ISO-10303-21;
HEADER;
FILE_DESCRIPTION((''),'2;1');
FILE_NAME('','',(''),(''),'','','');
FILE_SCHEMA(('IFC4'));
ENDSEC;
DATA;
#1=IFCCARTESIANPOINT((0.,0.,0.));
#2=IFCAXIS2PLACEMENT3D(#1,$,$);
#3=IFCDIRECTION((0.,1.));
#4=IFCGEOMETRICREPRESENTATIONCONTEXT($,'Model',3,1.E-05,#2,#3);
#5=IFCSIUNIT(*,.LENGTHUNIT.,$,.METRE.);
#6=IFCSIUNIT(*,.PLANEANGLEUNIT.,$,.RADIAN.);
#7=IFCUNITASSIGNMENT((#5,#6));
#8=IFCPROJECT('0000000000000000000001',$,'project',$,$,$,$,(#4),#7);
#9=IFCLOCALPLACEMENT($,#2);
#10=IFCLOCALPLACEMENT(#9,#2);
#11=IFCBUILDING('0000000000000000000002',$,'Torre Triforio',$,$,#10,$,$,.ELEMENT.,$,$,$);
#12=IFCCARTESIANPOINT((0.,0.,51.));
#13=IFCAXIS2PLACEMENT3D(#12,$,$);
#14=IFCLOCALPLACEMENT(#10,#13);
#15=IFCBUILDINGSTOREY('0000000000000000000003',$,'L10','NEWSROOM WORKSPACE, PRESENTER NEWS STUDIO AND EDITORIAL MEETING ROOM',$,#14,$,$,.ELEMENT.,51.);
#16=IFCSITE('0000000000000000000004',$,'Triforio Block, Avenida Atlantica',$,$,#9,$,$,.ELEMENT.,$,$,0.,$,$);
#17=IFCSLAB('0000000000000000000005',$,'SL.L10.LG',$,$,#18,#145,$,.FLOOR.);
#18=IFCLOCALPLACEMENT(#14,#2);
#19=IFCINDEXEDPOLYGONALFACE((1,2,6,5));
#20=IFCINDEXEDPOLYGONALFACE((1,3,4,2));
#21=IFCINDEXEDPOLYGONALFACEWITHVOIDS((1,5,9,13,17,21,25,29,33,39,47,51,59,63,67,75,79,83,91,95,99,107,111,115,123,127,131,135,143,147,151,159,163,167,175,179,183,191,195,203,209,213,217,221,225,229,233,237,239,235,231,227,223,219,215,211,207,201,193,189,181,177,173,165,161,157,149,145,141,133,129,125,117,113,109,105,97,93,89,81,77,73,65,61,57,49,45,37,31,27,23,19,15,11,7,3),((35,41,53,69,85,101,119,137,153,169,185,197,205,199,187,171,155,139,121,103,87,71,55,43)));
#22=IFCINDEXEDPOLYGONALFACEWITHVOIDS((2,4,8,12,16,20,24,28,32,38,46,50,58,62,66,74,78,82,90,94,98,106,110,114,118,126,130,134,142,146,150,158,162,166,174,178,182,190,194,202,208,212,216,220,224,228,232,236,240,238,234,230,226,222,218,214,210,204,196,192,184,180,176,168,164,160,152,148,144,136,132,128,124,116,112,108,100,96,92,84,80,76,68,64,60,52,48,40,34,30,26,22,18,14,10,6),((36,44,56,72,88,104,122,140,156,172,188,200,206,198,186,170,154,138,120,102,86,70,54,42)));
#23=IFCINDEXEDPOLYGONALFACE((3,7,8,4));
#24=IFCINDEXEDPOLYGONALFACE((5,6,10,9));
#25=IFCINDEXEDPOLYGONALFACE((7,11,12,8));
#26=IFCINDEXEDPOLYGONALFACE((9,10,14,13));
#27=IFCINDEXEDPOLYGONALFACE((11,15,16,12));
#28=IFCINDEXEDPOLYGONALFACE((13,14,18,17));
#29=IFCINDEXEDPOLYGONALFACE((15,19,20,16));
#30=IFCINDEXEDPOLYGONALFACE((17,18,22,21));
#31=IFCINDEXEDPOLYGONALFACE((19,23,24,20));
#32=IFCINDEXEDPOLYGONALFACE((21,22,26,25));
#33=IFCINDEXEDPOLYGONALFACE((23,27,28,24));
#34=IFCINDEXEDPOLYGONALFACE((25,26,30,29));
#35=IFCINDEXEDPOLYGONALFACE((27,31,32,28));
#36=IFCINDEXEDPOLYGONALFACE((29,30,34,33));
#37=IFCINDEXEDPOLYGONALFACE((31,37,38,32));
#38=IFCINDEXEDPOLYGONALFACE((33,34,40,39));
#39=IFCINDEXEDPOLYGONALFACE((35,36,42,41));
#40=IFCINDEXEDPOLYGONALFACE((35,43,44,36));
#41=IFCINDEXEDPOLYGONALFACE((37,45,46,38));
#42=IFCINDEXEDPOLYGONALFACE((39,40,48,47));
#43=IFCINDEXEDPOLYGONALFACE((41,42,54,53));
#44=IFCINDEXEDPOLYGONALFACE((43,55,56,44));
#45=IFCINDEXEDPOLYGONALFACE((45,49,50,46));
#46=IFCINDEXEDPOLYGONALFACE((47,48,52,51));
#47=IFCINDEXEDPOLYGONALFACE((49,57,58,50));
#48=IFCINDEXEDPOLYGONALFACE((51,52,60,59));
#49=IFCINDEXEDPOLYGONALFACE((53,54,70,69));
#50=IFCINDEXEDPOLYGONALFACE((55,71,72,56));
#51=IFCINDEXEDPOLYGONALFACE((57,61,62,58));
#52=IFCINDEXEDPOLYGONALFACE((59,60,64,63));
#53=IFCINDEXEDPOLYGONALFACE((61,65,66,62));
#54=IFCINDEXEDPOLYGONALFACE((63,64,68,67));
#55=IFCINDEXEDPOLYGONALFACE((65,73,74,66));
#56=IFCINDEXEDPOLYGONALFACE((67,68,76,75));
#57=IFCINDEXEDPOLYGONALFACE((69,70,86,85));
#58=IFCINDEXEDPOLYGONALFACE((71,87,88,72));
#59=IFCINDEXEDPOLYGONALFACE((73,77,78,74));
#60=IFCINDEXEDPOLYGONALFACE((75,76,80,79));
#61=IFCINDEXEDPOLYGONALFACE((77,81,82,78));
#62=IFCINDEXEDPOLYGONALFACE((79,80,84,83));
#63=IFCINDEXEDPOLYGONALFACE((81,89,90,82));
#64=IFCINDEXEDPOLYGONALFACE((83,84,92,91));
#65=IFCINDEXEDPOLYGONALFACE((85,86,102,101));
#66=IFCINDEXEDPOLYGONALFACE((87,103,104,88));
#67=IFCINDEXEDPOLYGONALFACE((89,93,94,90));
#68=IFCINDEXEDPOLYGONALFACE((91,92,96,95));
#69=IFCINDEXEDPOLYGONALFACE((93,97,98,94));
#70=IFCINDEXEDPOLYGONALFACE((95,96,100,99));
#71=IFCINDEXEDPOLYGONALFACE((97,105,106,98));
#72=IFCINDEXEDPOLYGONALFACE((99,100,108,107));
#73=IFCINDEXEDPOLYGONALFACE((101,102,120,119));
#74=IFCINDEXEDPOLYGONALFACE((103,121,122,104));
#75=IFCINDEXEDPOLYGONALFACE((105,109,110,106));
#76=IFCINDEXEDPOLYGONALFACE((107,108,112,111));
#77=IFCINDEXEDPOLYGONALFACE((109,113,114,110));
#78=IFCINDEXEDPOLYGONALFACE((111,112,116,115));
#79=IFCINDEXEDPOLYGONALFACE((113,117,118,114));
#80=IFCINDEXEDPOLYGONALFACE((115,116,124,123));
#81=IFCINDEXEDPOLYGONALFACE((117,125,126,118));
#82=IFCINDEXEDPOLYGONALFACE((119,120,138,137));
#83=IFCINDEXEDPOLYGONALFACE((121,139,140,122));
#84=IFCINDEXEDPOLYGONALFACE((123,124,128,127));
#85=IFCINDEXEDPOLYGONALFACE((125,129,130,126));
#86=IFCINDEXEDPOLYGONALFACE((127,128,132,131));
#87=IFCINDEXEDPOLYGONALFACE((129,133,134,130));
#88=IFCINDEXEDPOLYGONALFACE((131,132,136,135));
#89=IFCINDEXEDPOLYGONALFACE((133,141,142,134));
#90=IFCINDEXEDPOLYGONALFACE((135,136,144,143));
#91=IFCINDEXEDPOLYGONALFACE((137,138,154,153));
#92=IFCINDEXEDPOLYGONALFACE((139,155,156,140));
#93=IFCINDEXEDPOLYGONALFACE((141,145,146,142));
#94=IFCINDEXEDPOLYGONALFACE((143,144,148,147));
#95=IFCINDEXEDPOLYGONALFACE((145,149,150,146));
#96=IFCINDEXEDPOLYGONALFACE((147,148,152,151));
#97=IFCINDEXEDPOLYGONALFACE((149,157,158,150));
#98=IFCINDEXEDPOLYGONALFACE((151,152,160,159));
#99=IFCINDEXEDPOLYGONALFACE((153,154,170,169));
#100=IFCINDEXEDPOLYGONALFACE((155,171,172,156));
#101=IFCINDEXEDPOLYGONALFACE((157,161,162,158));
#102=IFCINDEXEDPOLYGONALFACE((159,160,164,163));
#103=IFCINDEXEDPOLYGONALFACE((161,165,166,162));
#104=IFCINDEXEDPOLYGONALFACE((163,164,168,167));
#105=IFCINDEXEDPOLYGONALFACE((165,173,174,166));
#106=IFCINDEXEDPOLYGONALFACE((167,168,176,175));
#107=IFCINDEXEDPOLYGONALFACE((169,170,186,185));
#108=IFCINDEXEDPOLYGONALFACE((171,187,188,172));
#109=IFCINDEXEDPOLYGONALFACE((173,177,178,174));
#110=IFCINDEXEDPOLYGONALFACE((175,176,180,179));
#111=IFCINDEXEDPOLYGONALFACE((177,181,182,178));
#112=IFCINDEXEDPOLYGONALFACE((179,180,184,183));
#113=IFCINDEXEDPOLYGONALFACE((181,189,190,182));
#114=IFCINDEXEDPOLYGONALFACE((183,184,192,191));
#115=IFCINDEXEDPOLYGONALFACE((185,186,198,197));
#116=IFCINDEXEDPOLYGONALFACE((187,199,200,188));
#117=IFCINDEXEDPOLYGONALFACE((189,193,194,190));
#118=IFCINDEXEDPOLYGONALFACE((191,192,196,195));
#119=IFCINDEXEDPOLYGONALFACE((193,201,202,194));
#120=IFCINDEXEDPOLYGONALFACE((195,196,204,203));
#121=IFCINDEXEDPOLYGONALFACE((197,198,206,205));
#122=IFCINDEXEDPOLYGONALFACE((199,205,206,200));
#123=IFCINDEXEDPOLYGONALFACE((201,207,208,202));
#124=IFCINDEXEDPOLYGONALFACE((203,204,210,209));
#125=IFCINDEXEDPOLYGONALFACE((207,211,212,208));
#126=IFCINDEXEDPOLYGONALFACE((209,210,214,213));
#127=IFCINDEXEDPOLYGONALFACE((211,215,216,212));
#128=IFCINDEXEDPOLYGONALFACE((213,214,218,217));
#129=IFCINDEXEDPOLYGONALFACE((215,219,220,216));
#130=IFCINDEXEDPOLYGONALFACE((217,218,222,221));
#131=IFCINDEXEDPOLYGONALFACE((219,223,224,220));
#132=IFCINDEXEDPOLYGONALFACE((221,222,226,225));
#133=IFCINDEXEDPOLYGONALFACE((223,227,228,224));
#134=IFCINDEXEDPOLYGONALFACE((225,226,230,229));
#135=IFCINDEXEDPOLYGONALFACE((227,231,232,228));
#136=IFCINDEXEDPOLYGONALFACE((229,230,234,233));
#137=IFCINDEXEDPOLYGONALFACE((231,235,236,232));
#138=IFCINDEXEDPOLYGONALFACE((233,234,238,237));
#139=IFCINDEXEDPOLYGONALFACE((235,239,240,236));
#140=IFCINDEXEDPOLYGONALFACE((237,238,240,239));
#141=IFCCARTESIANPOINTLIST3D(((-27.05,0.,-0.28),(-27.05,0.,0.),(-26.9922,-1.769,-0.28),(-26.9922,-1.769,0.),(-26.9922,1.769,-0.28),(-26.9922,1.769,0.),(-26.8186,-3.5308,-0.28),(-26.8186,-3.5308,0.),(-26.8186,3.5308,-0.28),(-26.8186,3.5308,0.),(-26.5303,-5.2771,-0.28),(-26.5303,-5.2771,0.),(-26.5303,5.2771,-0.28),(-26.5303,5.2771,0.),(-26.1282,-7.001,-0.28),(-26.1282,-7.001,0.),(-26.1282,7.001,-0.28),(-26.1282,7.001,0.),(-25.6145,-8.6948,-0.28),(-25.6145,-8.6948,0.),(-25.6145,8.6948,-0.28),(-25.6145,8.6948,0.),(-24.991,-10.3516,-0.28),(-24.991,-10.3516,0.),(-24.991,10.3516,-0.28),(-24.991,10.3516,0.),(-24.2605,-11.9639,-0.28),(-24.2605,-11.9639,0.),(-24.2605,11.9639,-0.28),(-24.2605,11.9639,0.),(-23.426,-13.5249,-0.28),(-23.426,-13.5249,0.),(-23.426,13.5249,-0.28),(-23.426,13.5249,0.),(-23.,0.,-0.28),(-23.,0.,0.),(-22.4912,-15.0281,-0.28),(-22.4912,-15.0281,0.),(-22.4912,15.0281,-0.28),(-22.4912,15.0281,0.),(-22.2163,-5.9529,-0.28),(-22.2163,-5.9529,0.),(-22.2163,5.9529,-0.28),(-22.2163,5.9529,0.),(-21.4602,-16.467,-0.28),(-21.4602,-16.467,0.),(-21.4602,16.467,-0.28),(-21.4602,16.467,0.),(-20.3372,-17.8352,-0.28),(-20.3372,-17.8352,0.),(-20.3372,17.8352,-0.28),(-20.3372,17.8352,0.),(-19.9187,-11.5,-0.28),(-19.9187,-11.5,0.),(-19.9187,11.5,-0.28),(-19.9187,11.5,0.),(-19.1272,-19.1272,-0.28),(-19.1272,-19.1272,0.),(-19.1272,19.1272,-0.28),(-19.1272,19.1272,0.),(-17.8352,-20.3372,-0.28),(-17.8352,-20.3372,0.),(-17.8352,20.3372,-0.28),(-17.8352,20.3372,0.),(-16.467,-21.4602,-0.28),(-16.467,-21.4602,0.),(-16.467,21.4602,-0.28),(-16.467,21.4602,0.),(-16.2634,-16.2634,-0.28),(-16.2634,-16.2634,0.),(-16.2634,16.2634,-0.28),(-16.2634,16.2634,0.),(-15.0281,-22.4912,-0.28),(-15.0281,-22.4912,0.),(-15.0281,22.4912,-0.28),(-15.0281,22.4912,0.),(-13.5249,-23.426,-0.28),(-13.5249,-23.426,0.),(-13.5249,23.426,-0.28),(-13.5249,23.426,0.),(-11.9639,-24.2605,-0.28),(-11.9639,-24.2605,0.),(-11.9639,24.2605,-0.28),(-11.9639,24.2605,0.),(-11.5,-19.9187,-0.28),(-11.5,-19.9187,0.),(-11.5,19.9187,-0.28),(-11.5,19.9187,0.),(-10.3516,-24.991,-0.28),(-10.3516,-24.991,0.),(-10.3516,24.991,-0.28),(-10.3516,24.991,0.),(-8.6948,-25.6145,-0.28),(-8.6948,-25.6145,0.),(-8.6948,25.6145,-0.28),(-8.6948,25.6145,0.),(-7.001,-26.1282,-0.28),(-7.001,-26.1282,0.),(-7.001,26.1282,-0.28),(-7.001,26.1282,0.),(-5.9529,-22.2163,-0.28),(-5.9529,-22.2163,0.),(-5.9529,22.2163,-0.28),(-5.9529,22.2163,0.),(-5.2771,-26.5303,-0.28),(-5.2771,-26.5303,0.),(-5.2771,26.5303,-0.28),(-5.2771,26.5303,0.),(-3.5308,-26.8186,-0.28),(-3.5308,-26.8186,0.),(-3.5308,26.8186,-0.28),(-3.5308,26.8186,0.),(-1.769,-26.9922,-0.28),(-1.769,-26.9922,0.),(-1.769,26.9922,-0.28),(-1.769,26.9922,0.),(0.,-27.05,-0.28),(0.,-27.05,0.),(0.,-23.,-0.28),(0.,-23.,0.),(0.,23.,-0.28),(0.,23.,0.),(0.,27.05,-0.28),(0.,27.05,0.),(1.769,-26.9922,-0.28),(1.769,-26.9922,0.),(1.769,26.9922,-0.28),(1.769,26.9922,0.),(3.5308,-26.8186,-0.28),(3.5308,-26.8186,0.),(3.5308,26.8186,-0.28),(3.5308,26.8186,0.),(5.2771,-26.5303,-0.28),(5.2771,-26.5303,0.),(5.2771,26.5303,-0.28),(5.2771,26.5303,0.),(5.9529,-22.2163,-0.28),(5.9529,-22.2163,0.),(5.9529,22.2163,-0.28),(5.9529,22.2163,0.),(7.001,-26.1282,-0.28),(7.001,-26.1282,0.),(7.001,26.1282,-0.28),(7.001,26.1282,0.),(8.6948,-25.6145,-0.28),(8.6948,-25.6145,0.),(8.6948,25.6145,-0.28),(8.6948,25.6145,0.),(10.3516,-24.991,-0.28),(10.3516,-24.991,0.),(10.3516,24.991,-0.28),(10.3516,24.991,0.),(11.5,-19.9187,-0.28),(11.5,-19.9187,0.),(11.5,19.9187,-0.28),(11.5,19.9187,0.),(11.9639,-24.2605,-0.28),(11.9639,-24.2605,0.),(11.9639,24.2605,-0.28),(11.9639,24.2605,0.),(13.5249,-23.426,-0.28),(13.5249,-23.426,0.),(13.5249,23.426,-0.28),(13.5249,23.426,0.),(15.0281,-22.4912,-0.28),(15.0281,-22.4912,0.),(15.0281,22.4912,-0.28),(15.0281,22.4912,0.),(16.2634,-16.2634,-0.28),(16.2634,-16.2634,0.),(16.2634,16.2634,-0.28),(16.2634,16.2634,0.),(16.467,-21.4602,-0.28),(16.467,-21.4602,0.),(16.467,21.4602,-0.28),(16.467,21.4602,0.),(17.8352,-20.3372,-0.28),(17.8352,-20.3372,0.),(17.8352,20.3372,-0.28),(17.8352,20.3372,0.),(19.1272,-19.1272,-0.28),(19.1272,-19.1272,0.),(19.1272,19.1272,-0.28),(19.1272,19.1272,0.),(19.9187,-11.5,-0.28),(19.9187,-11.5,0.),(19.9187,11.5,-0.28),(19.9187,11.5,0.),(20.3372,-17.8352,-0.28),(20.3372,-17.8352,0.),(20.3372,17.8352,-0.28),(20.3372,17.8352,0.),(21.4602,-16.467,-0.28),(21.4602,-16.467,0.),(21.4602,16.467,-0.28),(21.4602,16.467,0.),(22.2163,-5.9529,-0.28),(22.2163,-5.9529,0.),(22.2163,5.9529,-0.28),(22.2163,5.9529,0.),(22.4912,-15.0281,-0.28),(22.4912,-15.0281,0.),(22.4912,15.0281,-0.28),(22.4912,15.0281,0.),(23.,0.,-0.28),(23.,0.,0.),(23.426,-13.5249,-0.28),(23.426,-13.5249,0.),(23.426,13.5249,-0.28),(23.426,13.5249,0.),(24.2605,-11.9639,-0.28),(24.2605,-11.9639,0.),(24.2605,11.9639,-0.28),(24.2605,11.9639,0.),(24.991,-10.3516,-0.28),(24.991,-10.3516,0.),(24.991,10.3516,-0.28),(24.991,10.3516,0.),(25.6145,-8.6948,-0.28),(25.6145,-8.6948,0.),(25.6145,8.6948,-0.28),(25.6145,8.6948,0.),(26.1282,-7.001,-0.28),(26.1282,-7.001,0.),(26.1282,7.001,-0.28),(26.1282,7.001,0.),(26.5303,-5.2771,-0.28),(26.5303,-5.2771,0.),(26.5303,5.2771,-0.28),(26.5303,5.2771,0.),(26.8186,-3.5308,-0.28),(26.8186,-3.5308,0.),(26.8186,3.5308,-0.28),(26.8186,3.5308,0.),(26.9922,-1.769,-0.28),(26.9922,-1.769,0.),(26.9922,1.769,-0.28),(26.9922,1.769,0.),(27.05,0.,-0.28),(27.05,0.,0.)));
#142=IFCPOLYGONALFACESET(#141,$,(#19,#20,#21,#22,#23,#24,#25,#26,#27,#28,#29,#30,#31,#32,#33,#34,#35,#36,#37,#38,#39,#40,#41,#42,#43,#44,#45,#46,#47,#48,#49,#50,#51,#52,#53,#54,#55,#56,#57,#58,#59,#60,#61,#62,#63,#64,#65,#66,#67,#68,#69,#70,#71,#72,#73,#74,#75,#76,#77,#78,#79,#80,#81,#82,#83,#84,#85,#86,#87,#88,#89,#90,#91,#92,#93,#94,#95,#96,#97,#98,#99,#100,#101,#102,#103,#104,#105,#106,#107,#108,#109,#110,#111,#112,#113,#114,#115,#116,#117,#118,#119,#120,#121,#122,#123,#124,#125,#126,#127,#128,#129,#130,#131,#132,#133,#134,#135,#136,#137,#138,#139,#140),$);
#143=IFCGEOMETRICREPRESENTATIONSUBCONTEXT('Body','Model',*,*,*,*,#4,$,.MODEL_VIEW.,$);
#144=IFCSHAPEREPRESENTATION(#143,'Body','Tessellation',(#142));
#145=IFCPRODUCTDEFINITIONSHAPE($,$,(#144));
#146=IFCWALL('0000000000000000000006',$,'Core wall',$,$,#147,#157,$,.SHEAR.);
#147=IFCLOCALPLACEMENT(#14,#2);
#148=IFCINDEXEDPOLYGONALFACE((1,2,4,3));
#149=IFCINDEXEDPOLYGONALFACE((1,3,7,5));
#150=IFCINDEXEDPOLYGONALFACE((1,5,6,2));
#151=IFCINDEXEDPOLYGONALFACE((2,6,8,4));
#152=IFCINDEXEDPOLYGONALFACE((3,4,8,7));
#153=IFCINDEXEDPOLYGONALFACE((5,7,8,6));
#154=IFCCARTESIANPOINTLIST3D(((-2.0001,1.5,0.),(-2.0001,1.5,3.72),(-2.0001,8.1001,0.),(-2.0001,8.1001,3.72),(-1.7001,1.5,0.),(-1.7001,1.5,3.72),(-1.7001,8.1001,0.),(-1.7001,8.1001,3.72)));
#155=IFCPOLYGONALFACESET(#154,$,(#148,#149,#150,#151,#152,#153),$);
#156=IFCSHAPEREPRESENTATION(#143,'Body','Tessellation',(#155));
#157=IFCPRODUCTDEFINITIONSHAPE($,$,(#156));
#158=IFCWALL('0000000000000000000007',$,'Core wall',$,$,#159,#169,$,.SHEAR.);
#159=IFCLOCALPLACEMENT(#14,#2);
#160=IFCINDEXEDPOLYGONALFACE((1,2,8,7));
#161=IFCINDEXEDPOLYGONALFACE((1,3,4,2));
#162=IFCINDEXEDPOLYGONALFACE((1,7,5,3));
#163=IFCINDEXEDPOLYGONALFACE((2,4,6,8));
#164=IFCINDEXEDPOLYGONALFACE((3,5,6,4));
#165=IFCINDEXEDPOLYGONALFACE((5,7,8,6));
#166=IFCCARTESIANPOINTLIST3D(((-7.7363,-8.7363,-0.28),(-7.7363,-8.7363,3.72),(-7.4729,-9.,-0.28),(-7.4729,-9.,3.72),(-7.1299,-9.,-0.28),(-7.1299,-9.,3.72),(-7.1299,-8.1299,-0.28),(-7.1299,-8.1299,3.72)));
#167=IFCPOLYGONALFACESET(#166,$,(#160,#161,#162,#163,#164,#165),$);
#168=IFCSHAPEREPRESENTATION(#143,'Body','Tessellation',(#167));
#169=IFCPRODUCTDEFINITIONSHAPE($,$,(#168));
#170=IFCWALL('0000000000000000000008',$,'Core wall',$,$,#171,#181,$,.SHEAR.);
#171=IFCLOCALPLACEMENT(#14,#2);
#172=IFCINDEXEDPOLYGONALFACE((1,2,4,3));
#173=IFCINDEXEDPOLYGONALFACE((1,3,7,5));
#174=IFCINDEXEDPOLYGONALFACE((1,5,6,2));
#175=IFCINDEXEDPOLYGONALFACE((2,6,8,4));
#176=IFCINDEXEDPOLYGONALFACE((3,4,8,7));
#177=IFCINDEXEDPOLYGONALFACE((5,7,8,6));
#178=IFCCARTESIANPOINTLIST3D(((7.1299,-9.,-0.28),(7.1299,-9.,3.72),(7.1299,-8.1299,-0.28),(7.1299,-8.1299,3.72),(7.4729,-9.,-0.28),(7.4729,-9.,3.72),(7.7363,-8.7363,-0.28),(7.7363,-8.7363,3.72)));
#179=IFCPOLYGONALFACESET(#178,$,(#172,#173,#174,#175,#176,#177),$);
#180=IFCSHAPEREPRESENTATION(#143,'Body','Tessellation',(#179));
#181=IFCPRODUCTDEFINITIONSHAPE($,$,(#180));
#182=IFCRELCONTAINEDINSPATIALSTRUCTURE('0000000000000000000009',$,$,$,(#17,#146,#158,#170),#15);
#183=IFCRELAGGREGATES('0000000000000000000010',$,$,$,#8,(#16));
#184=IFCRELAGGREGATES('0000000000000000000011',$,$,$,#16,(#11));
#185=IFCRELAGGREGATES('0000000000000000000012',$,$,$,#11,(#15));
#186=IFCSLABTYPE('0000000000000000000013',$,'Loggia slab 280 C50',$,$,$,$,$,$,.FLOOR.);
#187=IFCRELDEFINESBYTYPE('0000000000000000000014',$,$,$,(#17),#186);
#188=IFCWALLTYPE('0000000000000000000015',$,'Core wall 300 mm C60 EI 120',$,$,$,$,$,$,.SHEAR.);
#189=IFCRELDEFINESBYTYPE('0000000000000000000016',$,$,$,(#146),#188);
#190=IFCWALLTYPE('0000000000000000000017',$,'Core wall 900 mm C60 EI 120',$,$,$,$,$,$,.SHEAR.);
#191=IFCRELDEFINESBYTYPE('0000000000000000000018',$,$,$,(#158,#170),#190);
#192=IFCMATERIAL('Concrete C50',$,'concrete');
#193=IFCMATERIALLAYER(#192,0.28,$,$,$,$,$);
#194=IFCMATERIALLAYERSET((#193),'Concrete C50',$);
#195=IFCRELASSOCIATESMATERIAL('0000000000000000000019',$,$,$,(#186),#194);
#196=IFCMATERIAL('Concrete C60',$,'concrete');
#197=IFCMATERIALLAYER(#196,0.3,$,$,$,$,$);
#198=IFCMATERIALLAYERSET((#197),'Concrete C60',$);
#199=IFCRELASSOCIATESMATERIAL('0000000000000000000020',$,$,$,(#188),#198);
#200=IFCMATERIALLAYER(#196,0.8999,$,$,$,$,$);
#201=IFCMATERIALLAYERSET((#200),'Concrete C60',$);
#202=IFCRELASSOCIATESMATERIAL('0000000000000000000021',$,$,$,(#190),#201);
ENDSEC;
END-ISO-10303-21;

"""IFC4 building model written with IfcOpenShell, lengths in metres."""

from ifc_helpers import new_model, si_unit, direction, frame, frame_2d, origin, place, context, subcontext, project, spatial, polyline, rectangle, outline, extrude, material, layer, layer_set, type_object, element, save


model = new_model("IFC4")

# Units and contexts
model_context = context("Model", 3, precision=1e-05, world=origin(), true_north=direction((0.0, 1.0)))
body_context = subcontext(model_context, "Body", "Model", "MODEL_VIEW")
ifc_project = project(units=[si_unit("LENGTHUNIT", "METRE"), si_unit("PLANEANGLEUNIT", "RADIAN")], contexts=[model_context])

# Site, building, storey
site_placement = place(None, origin())
site = spatial("IfcSite", under=ifc_project, at=site_placement, Name="Triforio Block, Avenida Atlantica", CompositionType="ELEMENT", RefElevation=0.0)
building_placement = place(site_placement, origin())
building = spatial("IfcBuilding", under=site, at=building_placement, Name="Torre Triforio", CompositionType="ELEMENT")
storey_placement = place(building_placement, frame((0.0, 0.0, 51.0)))
storey = spatial("IfcBuildingStorey", under=building, at=storey_placement, Name="L10", Description="NEWSROOM WORKSPACE, PRESENTER NEWS STUDIO AND EDITORIAL MEETING ROOM", CompositionType="ELEMENT", Elevation=51.0)

# Slab
ifc_material_1 = material(Name="Concrete C50", Category="concrete")
ifc_layer_1 = layer(ifc_material_1, 0.28)
ifc_layer_set_1 = layer_set([ifc_layer_1], Name="Concrete C50")
slab_type_1 = type_object("IfcSlabType", Name="Loggia slab 280 C50", PredefinedType="FLOOR", material=ifc_layer_set_1)
slab_1_placement = place(storey_placement, frame((0.0, 0.0, -0.28)))
element("IfcSlab", 1, at=slab_1_placement, inside=storey, type_object=slab_type_1, Name="SL.L10.LG", PredefinedType="FLOOR", context=body_context, shape_type="SweptSolid", body=[
    extrude(outline(polyline([(26.9922, -1.769), (27.05, 0.0), (26.9922, 1.769), (26.8186, 3.5308), (26.5303, 5.2771), (26.1282, 7.001), (25.6145, 8.6948), (24.991, 10.3516), (24.2605, 11.9639), (23.426, 13.5249), (22.4912, 15.0281), (21.4602, 16.467), (20.3372, 17.8352), (19.1272, 19.1272), (17.8352, 20.3372), (16.467, 21.4602), (15.0281, 22.4912), (13.5249, 23.426), (11.9639, 24.2605), (10.3516, 24.991), (8.6948, 25.6145), (7.001, 26.1282), (5.2771, 26.5303), (3.5308, 26.8186), (1.769, 26.9922), (0.0, 27.05), (-1.769, 26.9922), (-3.5308, 26.8186), (-5.2771, 26.5303), (-7.001, 26.1282), (-8.6948, 25.6145), (-10.3516, 24.991), (-11.9639, 24.2605), (-13.5249, 23.426), (-15.0281, 22.4912), (-16.467, 21.4602), (-17.8352, 20.3372), (-19.1272, 19.1272), (-20.3372, 17.8352), (-21.4602, 16.467), (-22.4912, 15.0281), (-23.426, 13.5249), (-24.2605, 11.9639), (-24.991, 10.3516), (-25.6145, 8.6948), (-26.1282, 7.001), (-26.5303, 5.2771), (-26.8186, 3.5308), (-26.9922, 1.769), (-27.05, 0.0), (-26.9922, -1.769), (-26.8186, -3.5308), (-26.5303, -5.2771), (-26.1282, -7.001), (-25.6145, -8.6948), (-24.991, -10.3516), (-24.2605, -11.9639), (-23.426, -13.5249), (-22.4912, -15.0281), (-21.4602, -16.467), (-20.3372, -17.8352), (-19.1272, -19.1272), (-17.8352, -20.3372), (-16.467, -21.4602), (-15.0281, -22.4912), (-13.5249, -23.426), (-11.9639, -24.2605), (-10.3516, -24.991), (-8.6948, -25.6145), (-7.001, -26.1282), (-5.2771, -26.5303), (-3.5308, -26.8186), (-1.769, -26.9922), (0.0, -27.05), (1.769, -26.9922), (3.5308, -26.8186), (5.2771, -26.5303), (7.001, -26.1282), (8.6948, -25.6145), (10.3516, -24.991), (11.9639, -24.2605), (13.5249, -23.426), (15.0281, -22.4912), (16.467, -21.4602), (17.8352, -20.3372), (19.1272, -19.1272), (20.3372, -17.8352), (21.4602, -16.467), (22.4912, -15.0281), (23.426, -13.5249), (24.2605, -11.9639), (24.991, -10.3516), (25.6145, -8.6948), (26.1282, -7.001), (26.5303, -5.2771), (26.8186, -3.5308), (26.9922, -1.769)]), holes=[polyline([(22.2163, 5.9529), (23.0, 0.0), (22.2163, -5.9529), (19.9187, -11.5), (16.2634, -16.2634), (11.5, -19.9187), (5.9529, -22.2163), (0.0, -23.0), (-5.9529, -22.2163), (-11.5, -19.9187), (-16.2634, -16.2634), (-19.9187, -11.5), (-22.2163, -5.9529), (-23.0, 0.0), (-22.2163, 5.9529), (-19.9187, 11.5), (-16.2634, 16.2634), (-11.5, 19.9187), (-5.9529, 22.2163), (0.0, 23.0), (5.9529, 22.2163), (11.5, 19.9187), (16.2634, 16.2634), (19.9187, 11.5), (22.2163, 5.9529)])]), origin(), (0.0, 0.0, 1.0), 0.28),
])

# Walls
ifc_material_2 = material(Name="Concrete C60", Category="concrete")
ifc_layer_2 = layer(ifc_material_2, 0.3)
ifc_layer_set_2 = layer_set([ifc_layer_2], Name="Concrete C60")
wall_type_1 = type_object("IfcWallType", Name="Core wall 300 mm C60 EI 120", PredefinedType="SHEAR", material=ifc_layer_set_2)
wall_1_placement = place(storey_placement, frame((-1.8501, 1.5, 0.0), z_axis=(0.0, 0.0, 1.0), x_axis=(0.0, 1.0, 0.0)))
element("IfcWall", 2, at=wall_1_placement, inside=storey, type_object=wall_type_1, Name="Core wall", PredefinedType="SHEAR", context=body_context, shape_type="SweptSolid", body=[
    extrude(rectangle(XDim=6.6001, YDim=0.3, at=frame_2d((3.3, 0.0))), origin(), (0.0, 0.0, 1.0), 3.72),
])
ifc_layer_3 = layer(ifc_material_2, 0.8999)
ifc_layer_set_3 = layer_set([ifc_layer_3], Name="Concrete C60")
wall_type_2 = type_object("IfcWallType", Name="Core wall 900 mm C60 EI 120", PredefinedType="SHEAR", material=ifc_layer_set_3)
wall_2_placement = place(storey_placement, frame((0.0, 0.0, -0.28)))
element("IfcWall", 3, at=wall_2_placement, inside=storey, type_object=wall_type_2, Name="Core wall", PredefinedType="SHEAR", context=body_context, shape_type="SweptSolid", body=[
    extrude(outline(polyline([(-7.4729, -9.0), (-7.7363, -8.7363), (-7.1299, -8.1299), (-7.1299, -9.0), (-7.4729, -9.0)])), origin(), (0.0, 0.0, 1.0), 4.0),
])
wall_3_placement = place(storey_placement, frame((0.0, 0.0, -0.28)))
element("IfcWall", 4, at=wall_3_placement, inside=storey, type_object=wall_type_2, Name="Core wall", PredefinedType="SHEAR", context=body_context, shape_type="SweptSolid", body=[
    extrude(outline(polyline([(7.4729, -9.0), (7.1299, -9.0), (7.1299, -8.1299), (7.7363, -8.7363), (7.4729, -9.0)])), origin(), (0.0, 0.0, 1.0), 4.0),
])

save(model, "model.ifc")
